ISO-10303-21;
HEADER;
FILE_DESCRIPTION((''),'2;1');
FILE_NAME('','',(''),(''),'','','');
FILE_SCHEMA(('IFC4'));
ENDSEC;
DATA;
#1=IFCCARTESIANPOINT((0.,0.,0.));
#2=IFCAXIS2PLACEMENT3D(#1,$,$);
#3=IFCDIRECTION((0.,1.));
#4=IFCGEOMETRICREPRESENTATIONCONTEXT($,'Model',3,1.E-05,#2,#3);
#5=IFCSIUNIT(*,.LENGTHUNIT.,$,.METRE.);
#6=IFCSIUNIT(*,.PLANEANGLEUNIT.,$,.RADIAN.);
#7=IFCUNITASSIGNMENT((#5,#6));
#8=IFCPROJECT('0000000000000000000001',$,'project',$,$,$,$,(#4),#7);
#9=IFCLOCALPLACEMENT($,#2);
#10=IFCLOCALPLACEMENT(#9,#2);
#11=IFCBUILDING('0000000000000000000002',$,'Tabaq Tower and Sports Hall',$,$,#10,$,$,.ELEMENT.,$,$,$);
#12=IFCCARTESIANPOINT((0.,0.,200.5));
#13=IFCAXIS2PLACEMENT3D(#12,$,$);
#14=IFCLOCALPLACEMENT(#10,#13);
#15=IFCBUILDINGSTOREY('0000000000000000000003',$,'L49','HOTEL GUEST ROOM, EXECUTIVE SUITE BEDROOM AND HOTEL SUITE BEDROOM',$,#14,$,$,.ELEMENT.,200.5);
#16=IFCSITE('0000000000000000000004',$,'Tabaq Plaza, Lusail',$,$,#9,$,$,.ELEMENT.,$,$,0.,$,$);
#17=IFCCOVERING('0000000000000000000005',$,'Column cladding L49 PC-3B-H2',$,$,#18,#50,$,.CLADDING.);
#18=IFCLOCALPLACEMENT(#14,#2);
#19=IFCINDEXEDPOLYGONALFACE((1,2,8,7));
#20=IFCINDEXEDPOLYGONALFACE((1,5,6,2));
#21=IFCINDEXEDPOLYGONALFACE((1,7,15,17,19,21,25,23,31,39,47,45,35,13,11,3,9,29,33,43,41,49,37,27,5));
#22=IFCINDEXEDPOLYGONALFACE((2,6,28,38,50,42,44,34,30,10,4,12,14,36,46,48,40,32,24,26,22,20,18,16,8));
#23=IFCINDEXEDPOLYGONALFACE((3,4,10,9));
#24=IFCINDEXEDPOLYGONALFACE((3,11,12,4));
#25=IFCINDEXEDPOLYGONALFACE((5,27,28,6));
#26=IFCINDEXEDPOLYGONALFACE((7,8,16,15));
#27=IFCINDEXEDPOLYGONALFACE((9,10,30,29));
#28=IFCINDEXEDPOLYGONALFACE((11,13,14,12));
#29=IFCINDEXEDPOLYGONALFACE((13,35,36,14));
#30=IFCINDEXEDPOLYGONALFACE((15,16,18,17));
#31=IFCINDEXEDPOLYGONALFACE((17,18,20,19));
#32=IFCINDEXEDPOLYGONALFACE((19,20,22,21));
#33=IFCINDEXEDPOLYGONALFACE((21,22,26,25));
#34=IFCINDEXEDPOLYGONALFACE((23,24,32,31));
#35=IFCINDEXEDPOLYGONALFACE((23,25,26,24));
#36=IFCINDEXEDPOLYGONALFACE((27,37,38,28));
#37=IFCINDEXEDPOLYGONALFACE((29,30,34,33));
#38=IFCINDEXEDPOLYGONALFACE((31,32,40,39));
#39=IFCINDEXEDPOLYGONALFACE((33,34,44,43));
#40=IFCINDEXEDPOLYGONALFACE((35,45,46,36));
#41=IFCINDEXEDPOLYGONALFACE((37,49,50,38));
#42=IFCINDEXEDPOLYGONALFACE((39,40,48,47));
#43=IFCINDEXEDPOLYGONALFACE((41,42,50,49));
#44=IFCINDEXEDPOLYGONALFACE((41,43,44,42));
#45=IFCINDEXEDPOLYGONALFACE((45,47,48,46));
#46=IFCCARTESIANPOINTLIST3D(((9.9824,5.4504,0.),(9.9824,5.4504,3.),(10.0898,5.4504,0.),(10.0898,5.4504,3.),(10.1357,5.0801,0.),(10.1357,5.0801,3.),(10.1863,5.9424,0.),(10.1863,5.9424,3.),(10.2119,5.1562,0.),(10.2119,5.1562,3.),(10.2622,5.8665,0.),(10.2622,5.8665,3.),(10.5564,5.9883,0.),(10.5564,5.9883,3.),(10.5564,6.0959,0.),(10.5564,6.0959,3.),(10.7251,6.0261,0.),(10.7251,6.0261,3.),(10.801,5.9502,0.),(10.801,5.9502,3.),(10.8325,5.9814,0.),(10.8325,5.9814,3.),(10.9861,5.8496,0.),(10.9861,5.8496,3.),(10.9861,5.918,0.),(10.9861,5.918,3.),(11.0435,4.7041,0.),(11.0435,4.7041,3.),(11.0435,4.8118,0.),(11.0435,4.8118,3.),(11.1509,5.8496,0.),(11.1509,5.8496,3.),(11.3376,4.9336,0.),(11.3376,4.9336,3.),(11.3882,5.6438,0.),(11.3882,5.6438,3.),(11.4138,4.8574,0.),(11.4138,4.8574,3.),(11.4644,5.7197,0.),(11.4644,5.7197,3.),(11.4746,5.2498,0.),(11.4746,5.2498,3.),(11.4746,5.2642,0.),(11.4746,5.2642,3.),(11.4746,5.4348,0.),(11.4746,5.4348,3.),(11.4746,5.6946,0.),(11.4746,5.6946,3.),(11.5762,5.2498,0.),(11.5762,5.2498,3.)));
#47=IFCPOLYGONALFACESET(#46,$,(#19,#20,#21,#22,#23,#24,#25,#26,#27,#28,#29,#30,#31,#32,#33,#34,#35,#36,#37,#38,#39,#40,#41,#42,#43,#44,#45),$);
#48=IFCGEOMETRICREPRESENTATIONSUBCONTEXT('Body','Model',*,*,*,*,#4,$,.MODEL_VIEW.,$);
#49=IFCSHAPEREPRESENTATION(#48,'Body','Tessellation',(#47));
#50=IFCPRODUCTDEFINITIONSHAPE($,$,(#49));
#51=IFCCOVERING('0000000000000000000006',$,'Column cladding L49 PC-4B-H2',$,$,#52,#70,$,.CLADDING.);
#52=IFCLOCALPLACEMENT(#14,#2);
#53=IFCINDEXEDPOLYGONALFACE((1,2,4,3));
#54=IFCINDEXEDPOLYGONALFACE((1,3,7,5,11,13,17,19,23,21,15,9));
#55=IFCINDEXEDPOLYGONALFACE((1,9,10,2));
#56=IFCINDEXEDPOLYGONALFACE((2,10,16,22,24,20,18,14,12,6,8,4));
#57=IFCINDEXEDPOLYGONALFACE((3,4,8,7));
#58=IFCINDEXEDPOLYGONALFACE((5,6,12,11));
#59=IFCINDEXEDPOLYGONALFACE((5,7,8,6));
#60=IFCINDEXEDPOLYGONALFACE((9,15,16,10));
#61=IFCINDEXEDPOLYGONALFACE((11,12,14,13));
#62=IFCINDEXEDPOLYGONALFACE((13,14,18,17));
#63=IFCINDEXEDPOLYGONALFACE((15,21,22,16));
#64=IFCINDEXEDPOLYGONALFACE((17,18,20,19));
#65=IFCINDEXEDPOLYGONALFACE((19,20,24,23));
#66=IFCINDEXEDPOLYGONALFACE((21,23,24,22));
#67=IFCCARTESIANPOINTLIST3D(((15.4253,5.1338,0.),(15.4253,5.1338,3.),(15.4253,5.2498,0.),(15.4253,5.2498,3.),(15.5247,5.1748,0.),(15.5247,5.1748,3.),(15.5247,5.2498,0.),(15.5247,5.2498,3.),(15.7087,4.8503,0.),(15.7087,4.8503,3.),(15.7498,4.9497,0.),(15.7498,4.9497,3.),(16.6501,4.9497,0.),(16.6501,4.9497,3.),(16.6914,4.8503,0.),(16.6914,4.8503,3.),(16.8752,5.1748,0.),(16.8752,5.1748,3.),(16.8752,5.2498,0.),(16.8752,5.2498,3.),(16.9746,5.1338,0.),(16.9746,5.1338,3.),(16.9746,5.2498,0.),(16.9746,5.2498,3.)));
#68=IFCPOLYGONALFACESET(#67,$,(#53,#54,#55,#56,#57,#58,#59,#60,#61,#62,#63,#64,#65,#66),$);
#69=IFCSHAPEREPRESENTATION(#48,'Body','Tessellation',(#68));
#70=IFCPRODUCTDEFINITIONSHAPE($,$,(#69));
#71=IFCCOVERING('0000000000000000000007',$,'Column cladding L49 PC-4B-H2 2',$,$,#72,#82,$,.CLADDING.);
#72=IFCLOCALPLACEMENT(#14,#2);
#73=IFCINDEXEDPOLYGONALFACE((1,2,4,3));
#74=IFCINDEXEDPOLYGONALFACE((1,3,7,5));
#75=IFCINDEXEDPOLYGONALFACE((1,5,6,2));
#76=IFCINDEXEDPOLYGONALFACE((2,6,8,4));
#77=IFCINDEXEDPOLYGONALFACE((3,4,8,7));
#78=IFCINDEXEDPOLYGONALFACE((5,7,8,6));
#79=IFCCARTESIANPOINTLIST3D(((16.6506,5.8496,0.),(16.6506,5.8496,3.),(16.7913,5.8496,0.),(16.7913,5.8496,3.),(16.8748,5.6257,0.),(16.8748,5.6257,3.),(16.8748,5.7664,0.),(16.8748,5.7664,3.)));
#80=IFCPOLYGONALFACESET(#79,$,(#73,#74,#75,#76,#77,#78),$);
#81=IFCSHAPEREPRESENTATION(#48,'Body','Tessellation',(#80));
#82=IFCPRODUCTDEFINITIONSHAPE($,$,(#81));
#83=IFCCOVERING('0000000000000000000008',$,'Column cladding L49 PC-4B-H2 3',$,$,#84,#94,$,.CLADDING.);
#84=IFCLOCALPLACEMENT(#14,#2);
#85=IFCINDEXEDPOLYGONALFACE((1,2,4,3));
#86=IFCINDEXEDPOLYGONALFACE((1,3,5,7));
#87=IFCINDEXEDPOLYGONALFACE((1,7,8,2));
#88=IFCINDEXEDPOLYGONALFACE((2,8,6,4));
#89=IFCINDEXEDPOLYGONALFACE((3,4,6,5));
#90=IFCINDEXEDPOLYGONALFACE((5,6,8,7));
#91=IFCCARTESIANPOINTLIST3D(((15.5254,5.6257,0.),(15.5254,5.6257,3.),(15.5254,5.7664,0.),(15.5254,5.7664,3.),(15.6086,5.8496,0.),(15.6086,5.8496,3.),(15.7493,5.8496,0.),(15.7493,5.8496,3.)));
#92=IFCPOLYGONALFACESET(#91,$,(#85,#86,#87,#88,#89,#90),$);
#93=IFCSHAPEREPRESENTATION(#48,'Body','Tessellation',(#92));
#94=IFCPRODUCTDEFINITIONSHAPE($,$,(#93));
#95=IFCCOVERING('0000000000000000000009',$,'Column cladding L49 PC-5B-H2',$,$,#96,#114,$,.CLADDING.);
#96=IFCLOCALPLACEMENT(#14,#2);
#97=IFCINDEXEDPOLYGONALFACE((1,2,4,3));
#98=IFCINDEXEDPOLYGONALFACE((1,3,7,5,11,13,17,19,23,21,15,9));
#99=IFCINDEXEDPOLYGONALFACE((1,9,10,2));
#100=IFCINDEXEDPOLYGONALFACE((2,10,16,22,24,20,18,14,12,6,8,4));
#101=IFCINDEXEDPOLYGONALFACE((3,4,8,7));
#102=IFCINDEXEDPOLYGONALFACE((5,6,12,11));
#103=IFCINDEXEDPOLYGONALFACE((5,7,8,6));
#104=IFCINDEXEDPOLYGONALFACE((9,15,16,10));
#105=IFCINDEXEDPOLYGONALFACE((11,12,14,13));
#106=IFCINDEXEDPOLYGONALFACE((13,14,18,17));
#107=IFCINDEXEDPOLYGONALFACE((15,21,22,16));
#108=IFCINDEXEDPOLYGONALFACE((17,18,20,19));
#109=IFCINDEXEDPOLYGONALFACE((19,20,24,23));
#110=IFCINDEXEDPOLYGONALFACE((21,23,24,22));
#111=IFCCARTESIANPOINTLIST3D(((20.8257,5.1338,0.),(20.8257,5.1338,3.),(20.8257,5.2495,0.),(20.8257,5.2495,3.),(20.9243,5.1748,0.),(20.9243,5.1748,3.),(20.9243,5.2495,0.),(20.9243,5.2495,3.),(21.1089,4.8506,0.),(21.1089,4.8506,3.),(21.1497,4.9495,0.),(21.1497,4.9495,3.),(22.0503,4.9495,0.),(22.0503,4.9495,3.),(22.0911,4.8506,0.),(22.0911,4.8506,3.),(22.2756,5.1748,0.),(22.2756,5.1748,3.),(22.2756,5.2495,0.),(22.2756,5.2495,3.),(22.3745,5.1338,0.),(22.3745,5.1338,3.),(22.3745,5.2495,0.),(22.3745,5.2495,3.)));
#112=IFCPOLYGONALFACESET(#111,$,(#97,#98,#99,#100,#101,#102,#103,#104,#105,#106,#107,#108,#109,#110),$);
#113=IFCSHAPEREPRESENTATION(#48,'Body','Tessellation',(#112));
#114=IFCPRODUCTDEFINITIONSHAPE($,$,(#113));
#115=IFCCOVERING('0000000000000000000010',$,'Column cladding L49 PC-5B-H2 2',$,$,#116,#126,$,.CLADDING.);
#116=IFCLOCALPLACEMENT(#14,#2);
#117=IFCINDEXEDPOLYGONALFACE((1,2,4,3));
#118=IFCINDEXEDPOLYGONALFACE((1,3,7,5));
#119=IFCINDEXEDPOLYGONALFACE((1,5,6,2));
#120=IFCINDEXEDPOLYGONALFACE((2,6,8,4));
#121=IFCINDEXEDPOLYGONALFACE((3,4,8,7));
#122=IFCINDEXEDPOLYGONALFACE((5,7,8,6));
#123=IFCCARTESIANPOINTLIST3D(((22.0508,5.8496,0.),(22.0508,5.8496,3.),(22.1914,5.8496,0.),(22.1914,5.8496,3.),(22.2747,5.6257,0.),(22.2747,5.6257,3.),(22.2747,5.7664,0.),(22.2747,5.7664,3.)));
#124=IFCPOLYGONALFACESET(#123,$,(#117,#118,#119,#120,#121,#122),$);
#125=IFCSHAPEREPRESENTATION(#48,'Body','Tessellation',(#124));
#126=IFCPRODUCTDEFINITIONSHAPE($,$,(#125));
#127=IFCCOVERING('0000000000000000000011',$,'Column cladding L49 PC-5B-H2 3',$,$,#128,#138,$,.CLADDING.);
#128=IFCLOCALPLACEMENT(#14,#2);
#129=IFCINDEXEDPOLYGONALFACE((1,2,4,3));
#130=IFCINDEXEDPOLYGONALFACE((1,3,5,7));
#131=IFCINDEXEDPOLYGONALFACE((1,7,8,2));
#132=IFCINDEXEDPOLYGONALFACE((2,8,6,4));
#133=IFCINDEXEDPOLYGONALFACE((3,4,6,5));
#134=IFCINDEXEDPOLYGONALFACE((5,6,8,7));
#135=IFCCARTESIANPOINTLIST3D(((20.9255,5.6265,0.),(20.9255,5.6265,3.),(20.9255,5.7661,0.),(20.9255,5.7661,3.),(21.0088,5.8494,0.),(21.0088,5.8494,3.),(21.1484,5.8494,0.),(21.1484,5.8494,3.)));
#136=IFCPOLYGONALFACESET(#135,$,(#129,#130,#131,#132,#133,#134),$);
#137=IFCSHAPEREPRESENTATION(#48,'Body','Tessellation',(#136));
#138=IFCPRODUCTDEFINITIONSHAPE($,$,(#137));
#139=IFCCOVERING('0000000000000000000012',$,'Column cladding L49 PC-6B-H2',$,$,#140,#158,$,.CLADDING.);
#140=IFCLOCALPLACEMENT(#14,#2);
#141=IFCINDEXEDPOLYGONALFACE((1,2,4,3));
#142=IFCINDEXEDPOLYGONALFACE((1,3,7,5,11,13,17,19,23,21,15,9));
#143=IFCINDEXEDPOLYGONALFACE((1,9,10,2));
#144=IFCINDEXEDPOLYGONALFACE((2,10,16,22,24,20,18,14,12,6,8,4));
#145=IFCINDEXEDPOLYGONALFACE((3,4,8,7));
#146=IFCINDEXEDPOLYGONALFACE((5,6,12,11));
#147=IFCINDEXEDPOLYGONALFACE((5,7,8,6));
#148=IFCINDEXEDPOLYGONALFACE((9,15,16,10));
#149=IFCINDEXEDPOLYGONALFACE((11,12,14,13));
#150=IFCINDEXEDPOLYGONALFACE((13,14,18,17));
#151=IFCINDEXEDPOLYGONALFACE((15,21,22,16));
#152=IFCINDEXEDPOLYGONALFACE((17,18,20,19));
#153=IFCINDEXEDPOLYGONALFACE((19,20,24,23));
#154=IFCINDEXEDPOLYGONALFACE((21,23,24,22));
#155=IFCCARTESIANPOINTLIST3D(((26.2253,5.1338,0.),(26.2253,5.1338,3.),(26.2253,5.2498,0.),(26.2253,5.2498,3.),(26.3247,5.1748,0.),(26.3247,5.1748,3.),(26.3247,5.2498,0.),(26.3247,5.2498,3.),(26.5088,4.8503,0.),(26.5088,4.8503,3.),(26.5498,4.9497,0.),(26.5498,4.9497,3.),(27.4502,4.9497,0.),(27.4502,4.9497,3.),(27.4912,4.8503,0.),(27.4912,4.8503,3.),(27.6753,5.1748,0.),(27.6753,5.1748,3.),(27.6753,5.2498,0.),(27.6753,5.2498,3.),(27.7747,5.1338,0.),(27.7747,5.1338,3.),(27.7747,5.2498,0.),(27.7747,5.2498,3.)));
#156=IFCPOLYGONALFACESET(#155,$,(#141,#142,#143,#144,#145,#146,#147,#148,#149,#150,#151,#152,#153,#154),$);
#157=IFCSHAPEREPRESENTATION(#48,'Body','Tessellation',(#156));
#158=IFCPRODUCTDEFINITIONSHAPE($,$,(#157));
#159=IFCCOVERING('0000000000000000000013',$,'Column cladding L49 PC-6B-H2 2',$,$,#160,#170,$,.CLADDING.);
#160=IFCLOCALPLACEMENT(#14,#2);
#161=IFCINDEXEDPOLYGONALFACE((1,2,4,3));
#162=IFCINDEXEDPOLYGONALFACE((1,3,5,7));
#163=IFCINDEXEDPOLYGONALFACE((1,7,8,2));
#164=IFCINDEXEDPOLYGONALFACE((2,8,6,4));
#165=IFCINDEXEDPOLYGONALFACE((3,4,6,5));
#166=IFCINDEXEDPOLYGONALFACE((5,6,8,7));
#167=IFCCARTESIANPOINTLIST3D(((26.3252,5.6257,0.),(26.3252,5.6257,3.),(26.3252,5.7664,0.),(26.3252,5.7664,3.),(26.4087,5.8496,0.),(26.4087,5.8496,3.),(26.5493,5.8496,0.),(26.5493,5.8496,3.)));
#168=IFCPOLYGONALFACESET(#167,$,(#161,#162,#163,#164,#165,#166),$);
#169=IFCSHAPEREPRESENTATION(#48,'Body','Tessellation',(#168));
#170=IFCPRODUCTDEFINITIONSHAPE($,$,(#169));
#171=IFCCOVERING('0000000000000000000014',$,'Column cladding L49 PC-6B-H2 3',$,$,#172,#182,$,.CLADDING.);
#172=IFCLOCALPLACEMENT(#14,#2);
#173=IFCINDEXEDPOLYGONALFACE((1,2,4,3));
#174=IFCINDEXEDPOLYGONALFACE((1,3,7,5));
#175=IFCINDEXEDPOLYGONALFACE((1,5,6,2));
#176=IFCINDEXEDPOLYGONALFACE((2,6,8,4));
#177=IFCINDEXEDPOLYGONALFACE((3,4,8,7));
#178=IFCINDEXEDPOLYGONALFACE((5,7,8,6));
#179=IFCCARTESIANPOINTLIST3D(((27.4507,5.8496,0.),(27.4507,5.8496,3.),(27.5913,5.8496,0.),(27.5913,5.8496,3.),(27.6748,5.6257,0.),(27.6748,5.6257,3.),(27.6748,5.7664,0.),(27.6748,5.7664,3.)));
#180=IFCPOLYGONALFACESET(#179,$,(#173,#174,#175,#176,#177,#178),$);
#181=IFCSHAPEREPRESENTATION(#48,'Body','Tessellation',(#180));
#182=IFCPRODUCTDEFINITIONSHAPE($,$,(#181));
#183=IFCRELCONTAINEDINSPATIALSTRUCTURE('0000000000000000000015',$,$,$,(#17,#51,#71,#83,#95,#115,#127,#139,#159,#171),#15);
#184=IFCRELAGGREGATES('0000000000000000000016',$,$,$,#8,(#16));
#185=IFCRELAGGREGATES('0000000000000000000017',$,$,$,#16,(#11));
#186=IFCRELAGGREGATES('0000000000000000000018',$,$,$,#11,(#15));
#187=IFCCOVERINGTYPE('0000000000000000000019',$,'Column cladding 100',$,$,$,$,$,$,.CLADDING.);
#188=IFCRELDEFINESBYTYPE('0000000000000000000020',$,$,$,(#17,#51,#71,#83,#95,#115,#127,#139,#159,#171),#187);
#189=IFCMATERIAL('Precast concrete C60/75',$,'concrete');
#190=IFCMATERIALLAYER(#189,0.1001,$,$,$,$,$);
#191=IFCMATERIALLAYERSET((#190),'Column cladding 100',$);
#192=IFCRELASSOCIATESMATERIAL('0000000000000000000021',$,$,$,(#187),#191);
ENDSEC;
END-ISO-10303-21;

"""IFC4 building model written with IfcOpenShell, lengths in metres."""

from ifc_helpers import new_model, si_unit, direction, frame, origin, place, context, subcontext, project, spatial, polyline, outline, extrude, material, layer, layer_set, type_object, element, save


model = new_model("IFC4")

# Units and contexts
model_context = context("Model", 3, precision=1e-05, world=origin(), true_north=direction((0.0, 1.0)))
body_context = subcontext(model_context, "Body", "Model", "MODEL_VIEW")
ifc_project = project(units=[si_unit("LENGTHUNIT", "METRE"), si_unit("PLANEANGLEUNIT", "RADIAN")], contexts=[model_context])

# Site, building, storey
site_placement = place(None, origin())
site = spatial("IfcSite", under=ifc_project, at=site_placement, Name="Tabaq Plaza, Lusail", CompositionType="ELEMENT", RefElevation=0.0)
building_placement = place(site_placement, origin())
building = spatial("IfcBuilding", under=site, at=building_placement, Name="Tabaq Tower and Sports Hall", CompositionType="ELEMENT")
storey_placement = place(building_placement, frame((0.0, 0.0, 200.5)))
storey = spatial("IfcBuildingStorey", under=building, at=storey_placement, Name="L49", Description="HOTEL GUEST ROOM, EXECUTIVE SUITE BEDROOM AND HOTEL SUITE BEDROOM", CompositionType="ELEMENT", Elevation=200.5)

# Coverings
ifc_material_1 = material(Name="Precast concrete C60/75", Category="concrete")
ifc_layer_1 = layer(ifc_material_1, 0.1001)
ifc_layer_set_1 = layer_set([ifc_layer_1], Name="Column cladding 100")
covering_type = type_object("IfcCoveringType", Name="Column cladding 100", PredefinedType="CLADDING", material=ifc_layer_set_1)
covering_1_placement = place(storey_placement, origin())
element("IfcCovering", 1, at=covering_1_placement, inside=storey, type_object=covering_type, Name="Column cladding L49 PC-3B-H2", PredefinedType="CLADDING", context=body_context, shape_type="SweptSolid", body=[
    extrude(outline(polyline([(11.4138, 4.8574), (11.0435, 4.7041), (10.1357, 5.0801), (9.9824, 5.4504), (10.1863, 5.9424), (10.5564, 6.0959), (10.7251, 6.0261), (10.801, 5.9502), (10.8325, 5.9814), (10.9861, 5.918), (10.9861, 5.8496), (11.1509, 5.8496), (11.4644, 5.7197), (11.4746, 5.6946), (11.4746, 5.4348), (11.3882, 5.6438), (10.5564, 5.9883), (10.2622, 5.8665), (10.0898, 5.4504), (10.2119, 5.1562), (11.0435, 4.8118), (11.3376, 4.9336), (11.4746, 5.2642), (11.4746, 5.2498), (11.5762, 5.2498), (11.4138, 4.8574)])), origin(), (0.0, 0.0, 1.0), 3.0),
])
covering_2_placement = place(storey_placement, origin())
element("IfcCovering", 2, at=covering_2_placement, inside=storey, type_object=covering_type, Name="Column cladding L49 PC-4B-H2", PredefinedType="CLADDING", context=body_context, shape_type="SweptSolid", body=[
    extrude(outline(polyline([(15.4253, 5.2498), (15.5247, 5.2498), (15.5247, 5.1748), (15.7498, 4.9497), (16.6501, 4.9497), (16.8752, 5.1748), (16.8752, 5.2498), (16.9746, 5.2498), (16.9746, 5.1338), (16.6914, 4.8503), (15.7087, 4.8503), (15.4253, 5.1338), (15.4253, 5.2498)])), origin(), (0.0, 0.0, 1.0), 3.0),
])
covering_3_placement = place(storey_placement, origin())
element("IfcCovering", 3, at=covering_3_placement, inside=storey, type_object=covering_type, Name="Column cladding L49 PC-4B-H2 2", PredefinedType="CLADDING", context=body_context, shape_type="SweptSolid", body=[
    extrude(outline(polyline([(16.8748, 5.7664), (16.8748, 5.6257), (16.6506, 5.8496), (16.7913, 5.8496), (16.8748, 5.7664)])), origin(), (0.0, 0.0, 1.0), 3.0),
])
covering_4_placement = place(storey_placement, origin())
element("IfcCovering", 4, at=covering_4_placement, inside=storey, type_object=covering_type, Name="Column cladding L49 PC-4B-H2 3", PredefinedType="CLADDING", context=body_context, shape_type="SweptSolid", body=[
    extrude(outline(polyline([(15.6086, 5.8496), (15.7493, 5.8496), (15.5254, 5.6257), (15.5254, 5.7664), (15.6086, 5.8496)])), origin(), (0.0, 0.0, 1.0), 3.0),
])
covering_5_placement = place(storey_placement, origin())
element("IfcCovering", 5, at=covering_5_placement, inside=storey, type_object=covering_type, Name="Column cladding L49 PC-5B-H2", PredefinedType="CLADDING", context=body_context, shape_type="SweptSolid", body=[
    extrude(outline(polyline([(20.8257, 5.2495), (20.9243, 5.2495), (20.9243, 5.1748), (21.1497, 4.9495), (22.0503, 4.9495), (22.2756, 5.1748), (22.2756, 5.2495), (22.3745, 5.2495), (22.3745, 5.1338), (22.0911, 4.8506), (21.1089, 4.8506), (20.8257, 5.1338), (20.8257, 5.2495)])), origin(), (0.0, 0.0, 1.0), 3.0),
])
covering_6_placement = place(storey_placement, origin())
element("IfcCovering", 6, at=covering_6_placement, inside=storey, type_object=covering_type, Name="Column cladding L49 PC-5B-H2 2", PredefinedType="CLADDING", context=body_context, shape_type="SweptSolid", body=[
    extrude(outline(polyline([(22.2747, 5.7664), (22.2747, 5.6257), (22.0508, 5.8496), (22.1914, 5.8496), (22.2747, 5.7664)])), origin(), (0.0, 0.0, 1.0), 3.0),
])
covering_7_placement = place(storey_placement, origin())
element("IfcCovering", 7, at=covering_7_placement, inside=storey, type_object=covering_type, Name="Column cladding L49 PC-5B-H2 3", PredefinedType="CLADDING", context=body_context, shape_type="SweptSolid", body=[
    extrude(outline(polyline([(20.9255, 5.6265), (20.9255, 5.7661), (21.0088, 5.8494), (21.1484, 5.8494), (20.9255, 5.6265)])), origin(), (0.0, 0.0, 1.0), 3.0),
])
covering_8_placement = place(storey_placement, origin())
element("IfcCovering", 8, at=covering_8_placement, inside=storey, type_object=covering_type, Name="Column cladding L49 PC-6B-H2", PredefinedType="CLADDING", context=body_context, shape_type="SweptSolid", body=[
    extrude(outline(polyline([(26.2253, 5.2498), (26.3247, 5.2498), (26.3247, 5.1748), (26.5498, 4.9497), (27.4502, 4.9497), (27.6753, 5.1748), (27.6753, 5.2498), (27.7747, 5.2498), (27.7747, 5.1338), (27.4912, 4.8503), (26.5088, 4.8503), (26.2253, 5.1338), (26.2253, 5.2498)])), origin(), (0.0, 0.0, 1.0), 3.0),
])
covering_9_placement = place(storey_placement, origin())
element("IfcCovering", 9, at=covering_9_placement, inside=storey, type_object=covering_type, Name="Column cladding L49 PC-6B-H2 2", PredefinedType="CLADDING", context=body_context, shape_type="SweptSolid", body=[
    extrude(outline(polyline([(26.4087, 5.8496), (26.5493, 5.8496), (26.3252, 5.6257), (26.3252, 5.7664), (26.4087, 5.8496)])), origin(), (0.0, 0.0, 1.0), 3.0),
])
covering_10_placement = place(storey_placement, origin())
element("IfcCovering", 10, at=covering_10_placement, inside=storey, type_object=covering_type, Name="Column cladding L49 PC-6B-H2 3", PredefinedType="CLADDING", context=body_context, shape_type="SweptSolid", body=[
    extrude(outline(polyline([(27.6748, 5.7664), (27.6748, 5.6257), (27.4507, 5.8496), (27.5913, 5.8496), (27.6748, 5.7664)])), origin(), (0.0, 0.0, 1.0), 3.0),
])

save(model, "model.ifc")
